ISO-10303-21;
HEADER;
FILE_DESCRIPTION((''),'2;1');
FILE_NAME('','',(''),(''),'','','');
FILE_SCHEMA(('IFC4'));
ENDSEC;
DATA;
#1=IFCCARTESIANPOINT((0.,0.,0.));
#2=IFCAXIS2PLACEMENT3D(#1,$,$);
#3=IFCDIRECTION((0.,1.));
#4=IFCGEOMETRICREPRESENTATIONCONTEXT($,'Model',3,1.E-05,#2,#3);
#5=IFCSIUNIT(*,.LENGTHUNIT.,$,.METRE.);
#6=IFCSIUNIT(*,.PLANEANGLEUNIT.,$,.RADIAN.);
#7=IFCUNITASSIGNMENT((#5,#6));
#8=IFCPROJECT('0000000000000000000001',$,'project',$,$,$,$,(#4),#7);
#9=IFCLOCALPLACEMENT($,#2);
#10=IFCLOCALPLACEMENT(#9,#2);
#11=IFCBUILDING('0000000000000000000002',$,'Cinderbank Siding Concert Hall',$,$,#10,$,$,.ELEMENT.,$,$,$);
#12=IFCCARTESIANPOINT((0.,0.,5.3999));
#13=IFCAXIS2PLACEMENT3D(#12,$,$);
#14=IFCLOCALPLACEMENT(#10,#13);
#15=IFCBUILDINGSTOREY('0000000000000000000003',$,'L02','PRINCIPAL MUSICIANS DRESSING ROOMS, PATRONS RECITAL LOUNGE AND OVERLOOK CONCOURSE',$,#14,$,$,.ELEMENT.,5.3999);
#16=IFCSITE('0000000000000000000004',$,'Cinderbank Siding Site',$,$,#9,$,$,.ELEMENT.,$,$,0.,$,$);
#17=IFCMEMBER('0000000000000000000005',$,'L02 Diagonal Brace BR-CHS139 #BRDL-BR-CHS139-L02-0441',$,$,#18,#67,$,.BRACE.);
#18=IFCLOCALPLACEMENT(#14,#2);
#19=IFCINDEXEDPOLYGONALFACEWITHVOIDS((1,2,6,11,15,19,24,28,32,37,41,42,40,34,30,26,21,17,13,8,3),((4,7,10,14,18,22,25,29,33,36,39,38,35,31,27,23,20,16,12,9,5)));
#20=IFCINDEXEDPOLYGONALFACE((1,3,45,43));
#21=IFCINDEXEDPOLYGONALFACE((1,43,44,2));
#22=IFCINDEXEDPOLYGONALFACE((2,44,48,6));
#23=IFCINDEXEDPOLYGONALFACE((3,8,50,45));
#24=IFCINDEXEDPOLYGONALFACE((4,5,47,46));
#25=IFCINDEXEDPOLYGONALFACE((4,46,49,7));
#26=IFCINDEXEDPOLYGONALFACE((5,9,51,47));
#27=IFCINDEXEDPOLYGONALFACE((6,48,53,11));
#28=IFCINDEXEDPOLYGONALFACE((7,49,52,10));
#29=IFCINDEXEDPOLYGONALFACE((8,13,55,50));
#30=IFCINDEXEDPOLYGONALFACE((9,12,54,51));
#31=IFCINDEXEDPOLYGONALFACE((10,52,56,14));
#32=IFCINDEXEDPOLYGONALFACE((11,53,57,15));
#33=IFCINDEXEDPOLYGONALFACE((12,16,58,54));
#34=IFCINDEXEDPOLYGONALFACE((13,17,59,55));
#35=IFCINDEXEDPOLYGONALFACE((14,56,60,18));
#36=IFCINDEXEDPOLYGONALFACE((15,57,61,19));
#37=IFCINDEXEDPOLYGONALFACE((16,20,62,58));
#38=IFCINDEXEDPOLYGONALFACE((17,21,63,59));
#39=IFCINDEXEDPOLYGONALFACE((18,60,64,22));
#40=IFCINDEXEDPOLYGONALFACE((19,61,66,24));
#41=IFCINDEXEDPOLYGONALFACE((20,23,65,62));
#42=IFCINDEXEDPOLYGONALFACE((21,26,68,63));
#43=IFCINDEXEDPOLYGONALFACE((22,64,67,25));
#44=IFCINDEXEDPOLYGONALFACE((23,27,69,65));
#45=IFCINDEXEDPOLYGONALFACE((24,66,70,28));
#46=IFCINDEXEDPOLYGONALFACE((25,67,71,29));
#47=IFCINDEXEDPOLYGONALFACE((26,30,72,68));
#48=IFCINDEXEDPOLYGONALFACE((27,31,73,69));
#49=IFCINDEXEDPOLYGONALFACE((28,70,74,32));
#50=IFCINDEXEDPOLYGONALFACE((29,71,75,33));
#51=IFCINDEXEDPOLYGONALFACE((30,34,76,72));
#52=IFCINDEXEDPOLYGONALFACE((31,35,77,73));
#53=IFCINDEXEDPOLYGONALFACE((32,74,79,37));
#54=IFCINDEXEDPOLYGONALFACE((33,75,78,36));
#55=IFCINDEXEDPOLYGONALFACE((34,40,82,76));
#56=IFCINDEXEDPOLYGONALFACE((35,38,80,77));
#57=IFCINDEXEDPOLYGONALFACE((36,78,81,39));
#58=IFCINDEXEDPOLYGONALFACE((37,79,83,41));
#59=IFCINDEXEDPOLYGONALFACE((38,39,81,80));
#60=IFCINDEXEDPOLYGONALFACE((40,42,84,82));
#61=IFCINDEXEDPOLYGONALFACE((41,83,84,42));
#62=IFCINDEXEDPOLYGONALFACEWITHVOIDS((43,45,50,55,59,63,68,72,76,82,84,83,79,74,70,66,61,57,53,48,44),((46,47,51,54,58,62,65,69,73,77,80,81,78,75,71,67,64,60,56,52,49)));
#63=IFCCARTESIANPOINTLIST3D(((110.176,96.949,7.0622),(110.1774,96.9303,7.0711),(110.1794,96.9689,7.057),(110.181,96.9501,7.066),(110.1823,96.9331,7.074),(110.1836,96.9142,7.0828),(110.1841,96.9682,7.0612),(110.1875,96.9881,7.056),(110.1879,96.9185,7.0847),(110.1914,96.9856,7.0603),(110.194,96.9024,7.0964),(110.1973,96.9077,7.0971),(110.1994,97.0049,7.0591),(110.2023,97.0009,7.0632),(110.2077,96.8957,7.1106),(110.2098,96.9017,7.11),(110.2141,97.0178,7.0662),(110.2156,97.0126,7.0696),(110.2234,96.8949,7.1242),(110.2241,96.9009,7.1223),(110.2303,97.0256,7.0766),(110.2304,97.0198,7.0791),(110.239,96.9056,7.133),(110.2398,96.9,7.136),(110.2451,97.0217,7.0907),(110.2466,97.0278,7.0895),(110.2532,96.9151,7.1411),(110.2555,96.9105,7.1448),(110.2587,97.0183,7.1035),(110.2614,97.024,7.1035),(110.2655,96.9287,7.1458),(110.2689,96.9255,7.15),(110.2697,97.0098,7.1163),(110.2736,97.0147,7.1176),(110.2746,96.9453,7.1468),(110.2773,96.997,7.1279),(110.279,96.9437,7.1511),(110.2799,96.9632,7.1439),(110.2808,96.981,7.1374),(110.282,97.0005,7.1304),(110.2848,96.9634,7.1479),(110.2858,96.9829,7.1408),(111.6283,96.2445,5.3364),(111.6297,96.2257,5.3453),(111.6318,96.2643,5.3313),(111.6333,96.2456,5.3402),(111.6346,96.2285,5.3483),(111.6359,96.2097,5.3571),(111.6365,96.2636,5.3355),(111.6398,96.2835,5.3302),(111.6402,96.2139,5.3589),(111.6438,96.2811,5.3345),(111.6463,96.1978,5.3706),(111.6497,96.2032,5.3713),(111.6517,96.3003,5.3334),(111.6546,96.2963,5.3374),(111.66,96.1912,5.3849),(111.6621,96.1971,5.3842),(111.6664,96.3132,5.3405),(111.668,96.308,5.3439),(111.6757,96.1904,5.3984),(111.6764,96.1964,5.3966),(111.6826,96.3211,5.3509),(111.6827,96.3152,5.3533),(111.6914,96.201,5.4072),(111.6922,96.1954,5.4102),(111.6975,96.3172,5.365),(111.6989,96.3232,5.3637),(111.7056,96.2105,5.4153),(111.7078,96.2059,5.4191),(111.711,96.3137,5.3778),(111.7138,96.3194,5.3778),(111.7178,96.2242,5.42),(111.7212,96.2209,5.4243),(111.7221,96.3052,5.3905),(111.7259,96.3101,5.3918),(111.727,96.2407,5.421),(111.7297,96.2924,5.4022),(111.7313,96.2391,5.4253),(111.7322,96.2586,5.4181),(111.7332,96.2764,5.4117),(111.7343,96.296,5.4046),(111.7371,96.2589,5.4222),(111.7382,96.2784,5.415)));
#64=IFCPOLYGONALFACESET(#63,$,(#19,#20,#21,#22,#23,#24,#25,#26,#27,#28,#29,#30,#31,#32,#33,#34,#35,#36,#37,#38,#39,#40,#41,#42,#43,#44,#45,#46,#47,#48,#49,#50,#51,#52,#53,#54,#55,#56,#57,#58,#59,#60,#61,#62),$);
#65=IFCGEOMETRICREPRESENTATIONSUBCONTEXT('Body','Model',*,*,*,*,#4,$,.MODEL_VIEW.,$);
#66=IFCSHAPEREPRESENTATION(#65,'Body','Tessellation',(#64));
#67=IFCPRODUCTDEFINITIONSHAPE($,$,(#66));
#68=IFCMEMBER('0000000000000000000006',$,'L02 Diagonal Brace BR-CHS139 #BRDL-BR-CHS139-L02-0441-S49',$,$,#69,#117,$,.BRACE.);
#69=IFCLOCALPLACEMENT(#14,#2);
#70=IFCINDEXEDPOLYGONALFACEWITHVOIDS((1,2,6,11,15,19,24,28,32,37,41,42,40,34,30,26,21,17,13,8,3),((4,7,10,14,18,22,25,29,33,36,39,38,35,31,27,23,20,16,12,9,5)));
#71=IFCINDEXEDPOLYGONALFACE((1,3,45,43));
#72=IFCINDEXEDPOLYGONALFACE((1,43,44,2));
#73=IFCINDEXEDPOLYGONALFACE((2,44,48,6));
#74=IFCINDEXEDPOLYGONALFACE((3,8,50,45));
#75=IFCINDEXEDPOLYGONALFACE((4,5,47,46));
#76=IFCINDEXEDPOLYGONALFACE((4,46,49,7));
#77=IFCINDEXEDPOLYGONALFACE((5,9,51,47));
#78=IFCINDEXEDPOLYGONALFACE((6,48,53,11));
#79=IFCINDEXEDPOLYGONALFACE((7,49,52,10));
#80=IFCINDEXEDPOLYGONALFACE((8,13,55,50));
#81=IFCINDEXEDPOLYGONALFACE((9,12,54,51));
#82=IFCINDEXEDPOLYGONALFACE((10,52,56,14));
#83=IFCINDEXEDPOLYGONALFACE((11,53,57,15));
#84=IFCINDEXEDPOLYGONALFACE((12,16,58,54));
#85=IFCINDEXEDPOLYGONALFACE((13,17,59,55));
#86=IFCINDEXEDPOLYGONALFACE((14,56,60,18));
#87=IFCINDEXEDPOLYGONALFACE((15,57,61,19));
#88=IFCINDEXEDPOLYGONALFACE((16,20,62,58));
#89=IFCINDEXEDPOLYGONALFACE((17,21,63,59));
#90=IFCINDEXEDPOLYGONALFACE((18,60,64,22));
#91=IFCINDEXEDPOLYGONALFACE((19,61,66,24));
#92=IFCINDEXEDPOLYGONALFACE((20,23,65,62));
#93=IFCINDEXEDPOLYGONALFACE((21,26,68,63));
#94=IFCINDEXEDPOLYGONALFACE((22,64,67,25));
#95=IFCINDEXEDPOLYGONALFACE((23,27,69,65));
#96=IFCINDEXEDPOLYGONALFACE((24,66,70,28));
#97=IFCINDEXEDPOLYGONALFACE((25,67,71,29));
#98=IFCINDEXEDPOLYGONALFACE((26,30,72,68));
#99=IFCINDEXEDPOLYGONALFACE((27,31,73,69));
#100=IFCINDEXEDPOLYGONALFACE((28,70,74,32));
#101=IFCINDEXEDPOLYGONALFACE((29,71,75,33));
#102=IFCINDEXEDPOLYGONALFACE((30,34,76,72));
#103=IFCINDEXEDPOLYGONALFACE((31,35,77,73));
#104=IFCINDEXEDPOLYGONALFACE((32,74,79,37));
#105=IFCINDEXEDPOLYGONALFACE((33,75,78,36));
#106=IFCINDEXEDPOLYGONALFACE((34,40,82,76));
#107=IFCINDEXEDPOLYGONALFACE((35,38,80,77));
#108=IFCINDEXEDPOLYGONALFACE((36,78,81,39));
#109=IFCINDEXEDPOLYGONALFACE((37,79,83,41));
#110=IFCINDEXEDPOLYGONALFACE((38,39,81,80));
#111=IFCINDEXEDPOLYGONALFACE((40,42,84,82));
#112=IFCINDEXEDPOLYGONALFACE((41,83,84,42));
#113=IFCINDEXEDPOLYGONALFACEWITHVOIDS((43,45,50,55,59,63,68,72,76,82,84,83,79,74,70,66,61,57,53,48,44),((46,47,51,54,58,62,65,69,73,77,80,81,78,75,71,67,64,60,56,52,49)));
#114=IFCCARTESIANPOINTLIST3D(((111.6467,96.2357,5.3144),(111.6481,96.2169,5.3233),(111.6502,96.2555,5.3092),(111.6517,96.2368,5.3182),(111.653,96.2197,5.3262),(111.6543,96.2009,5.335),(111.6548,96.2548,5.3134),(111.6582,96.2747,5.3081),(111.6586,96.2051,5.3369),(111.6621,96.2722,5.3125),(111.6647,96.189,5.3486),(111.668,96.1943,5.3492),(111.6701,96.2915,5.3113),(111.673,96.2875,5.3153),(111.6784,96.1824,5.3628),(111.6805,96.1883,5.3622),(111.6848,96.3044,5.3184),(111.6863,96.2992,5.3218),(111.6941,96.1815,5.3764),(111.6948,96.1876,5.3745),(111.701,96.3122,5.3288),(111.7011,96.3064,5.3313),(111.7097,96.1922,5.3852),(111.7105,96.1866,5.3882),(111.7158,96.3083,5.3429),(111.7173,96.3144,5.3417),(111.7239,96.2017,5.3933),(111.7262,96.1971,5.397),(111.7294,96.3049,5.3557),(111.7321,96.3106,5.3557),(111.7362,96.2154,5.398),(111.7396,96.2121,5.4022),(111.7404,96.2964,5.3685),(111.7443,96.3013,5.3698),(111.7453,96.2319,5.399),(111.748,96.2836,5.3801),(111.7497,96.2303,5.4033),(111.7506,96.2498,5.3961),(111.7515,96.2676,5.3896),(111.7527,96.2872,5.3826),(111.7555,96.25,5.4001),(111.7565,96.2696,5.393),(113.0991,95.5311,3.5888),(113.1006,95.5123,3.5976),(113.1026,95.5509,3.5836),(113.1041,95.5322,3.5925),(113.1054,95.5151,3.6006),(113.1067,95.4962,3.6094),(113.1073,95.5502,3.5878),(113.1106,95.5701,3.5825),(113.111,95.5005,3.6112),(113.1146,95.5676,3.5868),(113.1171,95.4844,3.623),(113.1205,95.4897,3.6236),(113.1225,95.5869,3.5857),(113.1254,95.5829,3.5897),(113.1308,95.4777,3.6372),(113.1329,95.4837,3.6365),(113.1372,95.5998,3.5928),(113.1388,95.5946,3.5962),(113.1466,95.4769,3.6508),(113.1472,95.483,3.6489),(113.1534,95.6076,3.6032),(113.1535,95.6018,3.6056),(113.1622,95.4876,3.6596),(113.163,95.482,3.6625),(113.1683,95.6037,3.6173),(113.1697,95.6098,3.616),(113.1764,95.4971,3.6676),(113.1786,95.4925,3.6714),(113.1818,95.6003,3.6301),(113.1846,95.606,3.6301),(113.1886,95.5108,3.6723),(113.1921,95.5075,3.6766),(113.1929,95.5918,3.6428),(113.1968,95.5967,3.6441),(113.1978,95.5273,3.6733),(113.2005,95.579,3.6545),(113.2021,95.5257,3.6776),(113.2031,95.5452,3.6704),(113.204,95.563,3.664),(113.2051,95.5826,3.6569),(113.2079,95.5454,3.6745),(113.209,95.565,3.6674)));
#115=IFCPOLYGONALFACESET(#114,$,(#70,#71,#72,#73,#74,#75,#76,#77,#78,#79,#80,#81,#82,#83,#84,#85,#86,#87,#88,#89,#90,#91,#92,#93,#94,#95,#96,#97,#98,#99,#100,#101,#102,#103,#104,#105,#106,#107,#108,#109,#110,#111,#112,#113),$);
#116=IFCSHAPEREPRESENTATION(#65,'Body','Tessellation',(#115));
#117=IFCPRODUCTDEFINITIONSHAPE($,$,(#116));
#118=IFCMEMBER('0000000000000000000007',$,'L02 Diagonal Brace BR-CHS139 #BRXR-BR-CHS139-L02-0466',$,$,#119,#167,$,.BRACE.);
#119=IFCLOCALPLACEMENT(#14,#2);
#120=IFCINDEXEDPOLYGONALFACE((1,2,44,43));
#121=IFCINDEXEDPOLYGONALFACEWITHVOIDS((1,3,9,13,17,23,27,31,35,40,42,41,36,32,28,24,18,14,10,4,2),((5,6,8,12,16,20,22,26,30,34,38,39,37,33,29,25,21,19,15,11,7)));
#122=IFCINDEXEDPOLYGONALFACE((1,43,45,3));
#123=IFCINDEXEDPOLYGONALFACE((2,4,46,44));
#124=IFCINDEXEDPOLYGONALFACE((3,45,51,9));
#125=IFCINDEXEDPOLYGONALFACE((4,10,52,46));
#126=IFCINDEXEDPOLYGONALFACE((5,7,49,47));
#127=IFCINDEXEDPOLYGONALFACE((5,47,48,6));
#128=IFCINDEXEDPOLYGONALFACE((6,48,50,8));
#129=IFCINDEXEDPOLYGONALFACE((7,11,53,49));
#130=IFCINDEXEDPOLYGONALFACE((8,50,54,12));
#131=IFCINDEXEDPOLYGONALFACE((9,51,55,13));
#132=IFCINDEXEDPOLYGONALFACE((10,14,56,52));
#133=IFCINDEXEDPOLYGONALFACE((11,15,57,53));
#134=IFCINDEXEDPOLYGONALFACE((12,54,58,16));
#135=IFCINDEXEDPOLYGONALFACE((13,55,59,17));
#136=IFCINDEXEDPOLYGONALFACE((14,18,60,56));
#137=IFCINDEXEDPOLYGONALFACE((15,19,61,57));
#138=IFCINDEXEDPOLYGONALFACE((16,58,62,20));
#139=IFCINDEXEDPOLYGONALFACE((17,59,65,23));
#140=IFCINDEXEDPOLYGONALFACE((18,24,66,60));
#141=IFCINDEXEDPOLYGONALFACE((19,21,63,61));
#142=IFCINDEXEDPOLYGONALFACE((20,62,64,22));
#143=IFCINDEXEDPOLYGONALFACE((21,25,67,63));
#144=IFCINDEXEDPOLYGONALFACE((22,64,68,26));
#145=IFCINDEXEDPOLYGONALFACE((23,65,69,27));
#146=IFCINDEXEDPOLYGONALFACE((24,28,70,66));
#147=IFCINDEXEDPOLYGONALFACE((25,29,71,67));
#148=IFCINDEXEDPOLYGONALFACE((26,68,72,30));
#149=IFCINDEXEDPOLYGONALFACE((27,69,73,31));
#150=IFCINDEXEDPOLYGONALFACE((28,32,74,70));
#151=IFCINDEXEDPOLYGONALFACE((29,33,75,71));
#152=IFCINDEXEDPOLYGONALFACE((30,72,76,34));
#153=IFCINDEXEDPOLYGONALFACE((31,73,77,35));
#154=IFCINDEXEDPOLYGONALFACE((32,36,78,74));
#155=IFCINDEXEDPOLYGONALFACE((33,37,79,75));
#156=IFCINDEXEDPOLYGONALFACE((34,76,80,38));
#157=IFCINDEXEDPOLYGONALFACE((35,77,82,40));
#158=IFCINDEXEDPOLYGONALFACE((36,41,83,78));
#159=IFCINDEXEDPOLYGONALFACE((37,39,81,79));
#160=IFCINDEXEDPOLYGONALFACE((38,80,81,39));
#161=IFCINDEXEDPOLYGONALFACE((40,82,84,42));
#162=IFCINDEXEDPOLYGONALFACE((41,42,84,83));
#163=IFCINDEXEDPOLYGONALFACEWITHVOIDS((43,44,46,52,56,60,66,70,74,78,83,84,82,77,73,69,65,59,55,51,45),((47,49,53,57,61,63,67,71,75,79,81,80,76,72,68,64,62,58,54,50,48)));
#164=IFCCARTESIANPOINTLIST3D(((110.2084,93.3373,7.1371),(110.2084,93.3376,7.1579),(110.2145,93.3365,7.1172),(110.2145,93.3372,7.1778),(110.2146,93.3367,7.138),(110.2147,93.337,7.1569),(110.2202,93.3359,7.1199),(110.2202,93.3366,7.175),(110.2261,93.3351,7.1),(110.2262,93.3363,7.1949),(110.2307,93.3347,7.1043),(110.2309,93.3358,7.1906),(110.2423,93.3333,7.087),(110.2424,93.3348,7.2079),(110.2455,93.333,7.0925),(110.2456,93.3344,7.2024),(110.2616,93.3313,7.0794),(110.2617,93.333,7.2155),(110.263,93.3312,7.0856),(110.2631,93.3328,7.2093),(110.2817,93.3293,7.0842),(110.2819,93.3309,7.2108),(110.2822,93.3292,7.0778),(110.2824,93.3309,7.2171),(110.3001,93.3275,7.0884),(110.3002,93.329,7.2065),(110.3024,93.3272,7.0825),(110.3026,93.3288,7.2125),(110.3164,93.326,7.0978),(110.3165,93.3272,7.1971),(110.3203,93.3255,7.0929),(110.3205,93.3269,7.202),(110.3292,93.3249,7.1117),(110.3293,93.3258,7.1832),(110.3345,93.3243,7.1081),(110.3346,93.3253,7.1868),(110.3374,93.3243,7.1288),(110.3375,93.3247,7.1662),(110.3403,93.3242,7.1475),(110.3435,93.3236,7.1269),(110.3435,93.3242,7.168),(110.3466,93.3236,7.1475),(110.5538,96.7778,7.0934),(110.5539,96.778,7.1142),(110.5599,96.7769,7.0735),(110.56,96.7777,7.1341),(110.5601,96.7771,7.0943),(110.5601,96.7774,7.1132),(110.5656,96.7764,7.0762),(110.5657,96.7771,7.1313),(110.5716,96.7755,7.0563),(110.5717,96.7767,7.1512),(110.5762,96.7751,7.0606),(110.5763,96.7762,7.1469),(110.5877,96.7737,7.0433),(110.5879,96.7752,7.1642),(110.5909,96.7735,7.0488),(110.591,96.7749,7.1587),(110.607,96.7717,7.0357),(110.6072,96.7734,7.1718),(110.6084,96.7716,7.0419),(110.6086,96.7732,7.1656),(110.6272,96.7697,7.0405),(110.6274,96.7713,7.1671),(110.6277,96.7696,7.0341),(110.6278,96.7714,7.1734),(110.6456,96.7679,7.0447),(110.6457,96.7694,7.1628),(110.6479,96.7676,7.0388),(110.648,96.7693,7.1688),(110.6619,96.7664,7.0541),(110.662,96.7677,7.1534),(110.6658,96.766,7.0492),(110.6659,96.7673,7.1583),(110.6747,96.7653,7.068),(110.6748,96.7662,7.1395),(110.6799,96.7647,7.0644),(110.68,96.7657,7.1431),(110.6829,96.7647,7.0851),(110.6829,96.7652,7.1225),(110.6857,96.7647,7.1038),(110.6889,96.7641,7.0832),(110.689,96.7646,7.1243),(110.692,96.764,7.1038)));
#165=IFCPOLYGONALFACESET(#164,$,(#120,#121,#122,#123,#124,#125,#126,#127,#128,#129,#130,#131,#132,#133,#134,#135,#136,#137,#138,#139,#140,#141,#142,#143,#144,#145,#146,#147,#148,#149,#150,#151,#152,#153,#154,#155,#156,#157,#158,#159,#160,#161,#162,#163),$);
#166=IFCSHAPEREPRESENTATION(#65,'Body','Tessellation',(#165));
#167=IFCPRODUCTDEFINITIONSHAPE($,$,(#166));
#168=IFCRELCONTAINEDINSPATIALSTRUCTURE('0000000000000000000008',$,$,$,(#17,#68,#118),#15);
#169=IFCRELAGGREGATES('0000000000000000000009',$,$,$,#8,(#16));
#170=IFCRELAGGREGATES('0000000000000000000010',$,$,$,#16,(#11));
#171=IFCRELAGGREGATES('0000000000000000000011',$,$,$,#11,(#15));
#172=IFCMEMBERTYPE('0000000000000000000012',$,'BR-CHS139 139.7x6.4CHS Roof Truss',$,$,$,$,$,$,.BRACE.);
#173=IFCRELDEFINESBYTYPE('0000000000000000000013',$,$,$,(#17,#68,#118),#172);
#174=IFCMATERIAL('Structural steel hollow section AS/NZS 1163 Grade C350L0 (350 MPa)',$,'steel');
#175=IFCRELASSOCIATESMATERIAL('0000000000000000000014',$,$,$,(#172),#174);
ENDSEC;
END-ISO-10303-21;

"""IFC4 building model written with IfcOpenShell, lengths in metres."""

from ifc_helpers import new_model, si_unit, direction, frame, origin, origin_2d, place, context, subcontext, project, spatial, hollow_circle, extrude, material, material_profile, profile_set, type_object, element, save


model = new_model("IFC4")

# Units and contexts
model_context = context("Model", 3, precision=1e-05, world=origin(), true_north=direction((0.0, 1.0)))
body_context = subcontext(model_context, "Body", "Model", "MODEL_VIEW")
ifc_project = project(units=[si_unit("LENGTHUNIT", "METRE"), si_unit("PLANEANGLEUNIT", "RADIAN")], contexts=[model_context])

# Site, building, storey
site_placement = place(None, origin())
site = spatial("IfcSite", under=ifc_project, at=site_placement, Name="Cinderbank Siding Site", CompositionType="ELEMENT", RefElevation=0.0)
building_placement = place(site_placement, origin())
building = spatial("IfcBuilding", under=site, at=building_placement, Name="Cinderbank Siding Concert Hall", CompositionType="ELEMENT")
storey_placement = place(building_placement, frame((0.0, 0.0, 5.3999)))
storey = spatial("IfcBuildingStorey", under=building, at=storey_placement, Name="L02", Description="PRINCIPAL MUSICIANS DRESSING ROOMS, PATRONS RECITAL LOUNGE AND OVERLOOK CONCOURSE", CompositionType="ELEMENT", Elevation=5.3999)

# Members
ifc_material_1 = material(Name="Structural steel hollow section AS/NZS 1163 Grade C350L0 (350 MPa)", Category="steel")
ifc_material_profile_1 = material_profile(ifc_material_1, hollow_circle(Radius=0.0698, WallThickness=0.0063, at=origin_2d()), Name="139.7x6.4CHS", Category="LoadBearing")
ifc_profile_set_1 = profile_set([ifc_material_profile_1], Name="Structural steel hollow section AS/NZS 1163 Grade C350L0 (350 MPa)")
member_type_1 = type_object("IfcMemberType", Name="BR-CHS139 139.7x6.4CHS Roof Truss", PredefinedType="BRACE", material=ifc_profile_set_1)
for number, where, z_axis, x_axis, name in (
    (1, (110.231, 96.9612, 7.1035), (0.614606, -0.29816, -0.730316), (0.436474, 0.899717, 0.0), "L02 Diagonal Brace BR-CHS139 #BRDL-BR-CHS139-L02-0441"),
    (2, (111.7017, 96.2478, 5.3557), (0.614652, -0.298182, -0.730267), (0.436474, 0.899717, 0.0), "L02 Diagonal Brace BR-CHS139 #BRDL-BR-CHS139-L02-0441-S49"),
):
    element("IfcMember", number, at=place(storey_placement, frame(where, z_axis=z_axis, x_axis=x_axis)), inside=storey, type_object=member_type_1, Name=name, PredefinedType="BRACE", context=body_context, shape_type="SweptSolid", body=[
        extrude(hollow_circle(Radius=0.0698, WallThickness=0.0063, at=origin_2d()), origin(), (0.0, 0.0, 1.0), 2.363),
    ])
member_1_placement = place(storey_placement, frame((110.6226, 96.771, 7.1038), z_axis=(-0.099901, -0.994917, 0.012638), x_axis=(0.994997, -0.099909, 0.0)))
element("IfcMember", 3, at=member_1_placement, inside=storey, type_object=member_type_1, Name="L02 Diagonal Brace BR-CHS139 #BRXR-BR-CHS139-L02-0466", PredefinedType="BRACE", context=body_context, shape_type="SweptSolid", body=[
    extrude(hollow_circle(Radius=0.0698, WallThickness=0.0063, at=origin_2d()), origin(), (0.0, 0.0, 1.0), 3.458),
])

save(model, "model.ifc")
